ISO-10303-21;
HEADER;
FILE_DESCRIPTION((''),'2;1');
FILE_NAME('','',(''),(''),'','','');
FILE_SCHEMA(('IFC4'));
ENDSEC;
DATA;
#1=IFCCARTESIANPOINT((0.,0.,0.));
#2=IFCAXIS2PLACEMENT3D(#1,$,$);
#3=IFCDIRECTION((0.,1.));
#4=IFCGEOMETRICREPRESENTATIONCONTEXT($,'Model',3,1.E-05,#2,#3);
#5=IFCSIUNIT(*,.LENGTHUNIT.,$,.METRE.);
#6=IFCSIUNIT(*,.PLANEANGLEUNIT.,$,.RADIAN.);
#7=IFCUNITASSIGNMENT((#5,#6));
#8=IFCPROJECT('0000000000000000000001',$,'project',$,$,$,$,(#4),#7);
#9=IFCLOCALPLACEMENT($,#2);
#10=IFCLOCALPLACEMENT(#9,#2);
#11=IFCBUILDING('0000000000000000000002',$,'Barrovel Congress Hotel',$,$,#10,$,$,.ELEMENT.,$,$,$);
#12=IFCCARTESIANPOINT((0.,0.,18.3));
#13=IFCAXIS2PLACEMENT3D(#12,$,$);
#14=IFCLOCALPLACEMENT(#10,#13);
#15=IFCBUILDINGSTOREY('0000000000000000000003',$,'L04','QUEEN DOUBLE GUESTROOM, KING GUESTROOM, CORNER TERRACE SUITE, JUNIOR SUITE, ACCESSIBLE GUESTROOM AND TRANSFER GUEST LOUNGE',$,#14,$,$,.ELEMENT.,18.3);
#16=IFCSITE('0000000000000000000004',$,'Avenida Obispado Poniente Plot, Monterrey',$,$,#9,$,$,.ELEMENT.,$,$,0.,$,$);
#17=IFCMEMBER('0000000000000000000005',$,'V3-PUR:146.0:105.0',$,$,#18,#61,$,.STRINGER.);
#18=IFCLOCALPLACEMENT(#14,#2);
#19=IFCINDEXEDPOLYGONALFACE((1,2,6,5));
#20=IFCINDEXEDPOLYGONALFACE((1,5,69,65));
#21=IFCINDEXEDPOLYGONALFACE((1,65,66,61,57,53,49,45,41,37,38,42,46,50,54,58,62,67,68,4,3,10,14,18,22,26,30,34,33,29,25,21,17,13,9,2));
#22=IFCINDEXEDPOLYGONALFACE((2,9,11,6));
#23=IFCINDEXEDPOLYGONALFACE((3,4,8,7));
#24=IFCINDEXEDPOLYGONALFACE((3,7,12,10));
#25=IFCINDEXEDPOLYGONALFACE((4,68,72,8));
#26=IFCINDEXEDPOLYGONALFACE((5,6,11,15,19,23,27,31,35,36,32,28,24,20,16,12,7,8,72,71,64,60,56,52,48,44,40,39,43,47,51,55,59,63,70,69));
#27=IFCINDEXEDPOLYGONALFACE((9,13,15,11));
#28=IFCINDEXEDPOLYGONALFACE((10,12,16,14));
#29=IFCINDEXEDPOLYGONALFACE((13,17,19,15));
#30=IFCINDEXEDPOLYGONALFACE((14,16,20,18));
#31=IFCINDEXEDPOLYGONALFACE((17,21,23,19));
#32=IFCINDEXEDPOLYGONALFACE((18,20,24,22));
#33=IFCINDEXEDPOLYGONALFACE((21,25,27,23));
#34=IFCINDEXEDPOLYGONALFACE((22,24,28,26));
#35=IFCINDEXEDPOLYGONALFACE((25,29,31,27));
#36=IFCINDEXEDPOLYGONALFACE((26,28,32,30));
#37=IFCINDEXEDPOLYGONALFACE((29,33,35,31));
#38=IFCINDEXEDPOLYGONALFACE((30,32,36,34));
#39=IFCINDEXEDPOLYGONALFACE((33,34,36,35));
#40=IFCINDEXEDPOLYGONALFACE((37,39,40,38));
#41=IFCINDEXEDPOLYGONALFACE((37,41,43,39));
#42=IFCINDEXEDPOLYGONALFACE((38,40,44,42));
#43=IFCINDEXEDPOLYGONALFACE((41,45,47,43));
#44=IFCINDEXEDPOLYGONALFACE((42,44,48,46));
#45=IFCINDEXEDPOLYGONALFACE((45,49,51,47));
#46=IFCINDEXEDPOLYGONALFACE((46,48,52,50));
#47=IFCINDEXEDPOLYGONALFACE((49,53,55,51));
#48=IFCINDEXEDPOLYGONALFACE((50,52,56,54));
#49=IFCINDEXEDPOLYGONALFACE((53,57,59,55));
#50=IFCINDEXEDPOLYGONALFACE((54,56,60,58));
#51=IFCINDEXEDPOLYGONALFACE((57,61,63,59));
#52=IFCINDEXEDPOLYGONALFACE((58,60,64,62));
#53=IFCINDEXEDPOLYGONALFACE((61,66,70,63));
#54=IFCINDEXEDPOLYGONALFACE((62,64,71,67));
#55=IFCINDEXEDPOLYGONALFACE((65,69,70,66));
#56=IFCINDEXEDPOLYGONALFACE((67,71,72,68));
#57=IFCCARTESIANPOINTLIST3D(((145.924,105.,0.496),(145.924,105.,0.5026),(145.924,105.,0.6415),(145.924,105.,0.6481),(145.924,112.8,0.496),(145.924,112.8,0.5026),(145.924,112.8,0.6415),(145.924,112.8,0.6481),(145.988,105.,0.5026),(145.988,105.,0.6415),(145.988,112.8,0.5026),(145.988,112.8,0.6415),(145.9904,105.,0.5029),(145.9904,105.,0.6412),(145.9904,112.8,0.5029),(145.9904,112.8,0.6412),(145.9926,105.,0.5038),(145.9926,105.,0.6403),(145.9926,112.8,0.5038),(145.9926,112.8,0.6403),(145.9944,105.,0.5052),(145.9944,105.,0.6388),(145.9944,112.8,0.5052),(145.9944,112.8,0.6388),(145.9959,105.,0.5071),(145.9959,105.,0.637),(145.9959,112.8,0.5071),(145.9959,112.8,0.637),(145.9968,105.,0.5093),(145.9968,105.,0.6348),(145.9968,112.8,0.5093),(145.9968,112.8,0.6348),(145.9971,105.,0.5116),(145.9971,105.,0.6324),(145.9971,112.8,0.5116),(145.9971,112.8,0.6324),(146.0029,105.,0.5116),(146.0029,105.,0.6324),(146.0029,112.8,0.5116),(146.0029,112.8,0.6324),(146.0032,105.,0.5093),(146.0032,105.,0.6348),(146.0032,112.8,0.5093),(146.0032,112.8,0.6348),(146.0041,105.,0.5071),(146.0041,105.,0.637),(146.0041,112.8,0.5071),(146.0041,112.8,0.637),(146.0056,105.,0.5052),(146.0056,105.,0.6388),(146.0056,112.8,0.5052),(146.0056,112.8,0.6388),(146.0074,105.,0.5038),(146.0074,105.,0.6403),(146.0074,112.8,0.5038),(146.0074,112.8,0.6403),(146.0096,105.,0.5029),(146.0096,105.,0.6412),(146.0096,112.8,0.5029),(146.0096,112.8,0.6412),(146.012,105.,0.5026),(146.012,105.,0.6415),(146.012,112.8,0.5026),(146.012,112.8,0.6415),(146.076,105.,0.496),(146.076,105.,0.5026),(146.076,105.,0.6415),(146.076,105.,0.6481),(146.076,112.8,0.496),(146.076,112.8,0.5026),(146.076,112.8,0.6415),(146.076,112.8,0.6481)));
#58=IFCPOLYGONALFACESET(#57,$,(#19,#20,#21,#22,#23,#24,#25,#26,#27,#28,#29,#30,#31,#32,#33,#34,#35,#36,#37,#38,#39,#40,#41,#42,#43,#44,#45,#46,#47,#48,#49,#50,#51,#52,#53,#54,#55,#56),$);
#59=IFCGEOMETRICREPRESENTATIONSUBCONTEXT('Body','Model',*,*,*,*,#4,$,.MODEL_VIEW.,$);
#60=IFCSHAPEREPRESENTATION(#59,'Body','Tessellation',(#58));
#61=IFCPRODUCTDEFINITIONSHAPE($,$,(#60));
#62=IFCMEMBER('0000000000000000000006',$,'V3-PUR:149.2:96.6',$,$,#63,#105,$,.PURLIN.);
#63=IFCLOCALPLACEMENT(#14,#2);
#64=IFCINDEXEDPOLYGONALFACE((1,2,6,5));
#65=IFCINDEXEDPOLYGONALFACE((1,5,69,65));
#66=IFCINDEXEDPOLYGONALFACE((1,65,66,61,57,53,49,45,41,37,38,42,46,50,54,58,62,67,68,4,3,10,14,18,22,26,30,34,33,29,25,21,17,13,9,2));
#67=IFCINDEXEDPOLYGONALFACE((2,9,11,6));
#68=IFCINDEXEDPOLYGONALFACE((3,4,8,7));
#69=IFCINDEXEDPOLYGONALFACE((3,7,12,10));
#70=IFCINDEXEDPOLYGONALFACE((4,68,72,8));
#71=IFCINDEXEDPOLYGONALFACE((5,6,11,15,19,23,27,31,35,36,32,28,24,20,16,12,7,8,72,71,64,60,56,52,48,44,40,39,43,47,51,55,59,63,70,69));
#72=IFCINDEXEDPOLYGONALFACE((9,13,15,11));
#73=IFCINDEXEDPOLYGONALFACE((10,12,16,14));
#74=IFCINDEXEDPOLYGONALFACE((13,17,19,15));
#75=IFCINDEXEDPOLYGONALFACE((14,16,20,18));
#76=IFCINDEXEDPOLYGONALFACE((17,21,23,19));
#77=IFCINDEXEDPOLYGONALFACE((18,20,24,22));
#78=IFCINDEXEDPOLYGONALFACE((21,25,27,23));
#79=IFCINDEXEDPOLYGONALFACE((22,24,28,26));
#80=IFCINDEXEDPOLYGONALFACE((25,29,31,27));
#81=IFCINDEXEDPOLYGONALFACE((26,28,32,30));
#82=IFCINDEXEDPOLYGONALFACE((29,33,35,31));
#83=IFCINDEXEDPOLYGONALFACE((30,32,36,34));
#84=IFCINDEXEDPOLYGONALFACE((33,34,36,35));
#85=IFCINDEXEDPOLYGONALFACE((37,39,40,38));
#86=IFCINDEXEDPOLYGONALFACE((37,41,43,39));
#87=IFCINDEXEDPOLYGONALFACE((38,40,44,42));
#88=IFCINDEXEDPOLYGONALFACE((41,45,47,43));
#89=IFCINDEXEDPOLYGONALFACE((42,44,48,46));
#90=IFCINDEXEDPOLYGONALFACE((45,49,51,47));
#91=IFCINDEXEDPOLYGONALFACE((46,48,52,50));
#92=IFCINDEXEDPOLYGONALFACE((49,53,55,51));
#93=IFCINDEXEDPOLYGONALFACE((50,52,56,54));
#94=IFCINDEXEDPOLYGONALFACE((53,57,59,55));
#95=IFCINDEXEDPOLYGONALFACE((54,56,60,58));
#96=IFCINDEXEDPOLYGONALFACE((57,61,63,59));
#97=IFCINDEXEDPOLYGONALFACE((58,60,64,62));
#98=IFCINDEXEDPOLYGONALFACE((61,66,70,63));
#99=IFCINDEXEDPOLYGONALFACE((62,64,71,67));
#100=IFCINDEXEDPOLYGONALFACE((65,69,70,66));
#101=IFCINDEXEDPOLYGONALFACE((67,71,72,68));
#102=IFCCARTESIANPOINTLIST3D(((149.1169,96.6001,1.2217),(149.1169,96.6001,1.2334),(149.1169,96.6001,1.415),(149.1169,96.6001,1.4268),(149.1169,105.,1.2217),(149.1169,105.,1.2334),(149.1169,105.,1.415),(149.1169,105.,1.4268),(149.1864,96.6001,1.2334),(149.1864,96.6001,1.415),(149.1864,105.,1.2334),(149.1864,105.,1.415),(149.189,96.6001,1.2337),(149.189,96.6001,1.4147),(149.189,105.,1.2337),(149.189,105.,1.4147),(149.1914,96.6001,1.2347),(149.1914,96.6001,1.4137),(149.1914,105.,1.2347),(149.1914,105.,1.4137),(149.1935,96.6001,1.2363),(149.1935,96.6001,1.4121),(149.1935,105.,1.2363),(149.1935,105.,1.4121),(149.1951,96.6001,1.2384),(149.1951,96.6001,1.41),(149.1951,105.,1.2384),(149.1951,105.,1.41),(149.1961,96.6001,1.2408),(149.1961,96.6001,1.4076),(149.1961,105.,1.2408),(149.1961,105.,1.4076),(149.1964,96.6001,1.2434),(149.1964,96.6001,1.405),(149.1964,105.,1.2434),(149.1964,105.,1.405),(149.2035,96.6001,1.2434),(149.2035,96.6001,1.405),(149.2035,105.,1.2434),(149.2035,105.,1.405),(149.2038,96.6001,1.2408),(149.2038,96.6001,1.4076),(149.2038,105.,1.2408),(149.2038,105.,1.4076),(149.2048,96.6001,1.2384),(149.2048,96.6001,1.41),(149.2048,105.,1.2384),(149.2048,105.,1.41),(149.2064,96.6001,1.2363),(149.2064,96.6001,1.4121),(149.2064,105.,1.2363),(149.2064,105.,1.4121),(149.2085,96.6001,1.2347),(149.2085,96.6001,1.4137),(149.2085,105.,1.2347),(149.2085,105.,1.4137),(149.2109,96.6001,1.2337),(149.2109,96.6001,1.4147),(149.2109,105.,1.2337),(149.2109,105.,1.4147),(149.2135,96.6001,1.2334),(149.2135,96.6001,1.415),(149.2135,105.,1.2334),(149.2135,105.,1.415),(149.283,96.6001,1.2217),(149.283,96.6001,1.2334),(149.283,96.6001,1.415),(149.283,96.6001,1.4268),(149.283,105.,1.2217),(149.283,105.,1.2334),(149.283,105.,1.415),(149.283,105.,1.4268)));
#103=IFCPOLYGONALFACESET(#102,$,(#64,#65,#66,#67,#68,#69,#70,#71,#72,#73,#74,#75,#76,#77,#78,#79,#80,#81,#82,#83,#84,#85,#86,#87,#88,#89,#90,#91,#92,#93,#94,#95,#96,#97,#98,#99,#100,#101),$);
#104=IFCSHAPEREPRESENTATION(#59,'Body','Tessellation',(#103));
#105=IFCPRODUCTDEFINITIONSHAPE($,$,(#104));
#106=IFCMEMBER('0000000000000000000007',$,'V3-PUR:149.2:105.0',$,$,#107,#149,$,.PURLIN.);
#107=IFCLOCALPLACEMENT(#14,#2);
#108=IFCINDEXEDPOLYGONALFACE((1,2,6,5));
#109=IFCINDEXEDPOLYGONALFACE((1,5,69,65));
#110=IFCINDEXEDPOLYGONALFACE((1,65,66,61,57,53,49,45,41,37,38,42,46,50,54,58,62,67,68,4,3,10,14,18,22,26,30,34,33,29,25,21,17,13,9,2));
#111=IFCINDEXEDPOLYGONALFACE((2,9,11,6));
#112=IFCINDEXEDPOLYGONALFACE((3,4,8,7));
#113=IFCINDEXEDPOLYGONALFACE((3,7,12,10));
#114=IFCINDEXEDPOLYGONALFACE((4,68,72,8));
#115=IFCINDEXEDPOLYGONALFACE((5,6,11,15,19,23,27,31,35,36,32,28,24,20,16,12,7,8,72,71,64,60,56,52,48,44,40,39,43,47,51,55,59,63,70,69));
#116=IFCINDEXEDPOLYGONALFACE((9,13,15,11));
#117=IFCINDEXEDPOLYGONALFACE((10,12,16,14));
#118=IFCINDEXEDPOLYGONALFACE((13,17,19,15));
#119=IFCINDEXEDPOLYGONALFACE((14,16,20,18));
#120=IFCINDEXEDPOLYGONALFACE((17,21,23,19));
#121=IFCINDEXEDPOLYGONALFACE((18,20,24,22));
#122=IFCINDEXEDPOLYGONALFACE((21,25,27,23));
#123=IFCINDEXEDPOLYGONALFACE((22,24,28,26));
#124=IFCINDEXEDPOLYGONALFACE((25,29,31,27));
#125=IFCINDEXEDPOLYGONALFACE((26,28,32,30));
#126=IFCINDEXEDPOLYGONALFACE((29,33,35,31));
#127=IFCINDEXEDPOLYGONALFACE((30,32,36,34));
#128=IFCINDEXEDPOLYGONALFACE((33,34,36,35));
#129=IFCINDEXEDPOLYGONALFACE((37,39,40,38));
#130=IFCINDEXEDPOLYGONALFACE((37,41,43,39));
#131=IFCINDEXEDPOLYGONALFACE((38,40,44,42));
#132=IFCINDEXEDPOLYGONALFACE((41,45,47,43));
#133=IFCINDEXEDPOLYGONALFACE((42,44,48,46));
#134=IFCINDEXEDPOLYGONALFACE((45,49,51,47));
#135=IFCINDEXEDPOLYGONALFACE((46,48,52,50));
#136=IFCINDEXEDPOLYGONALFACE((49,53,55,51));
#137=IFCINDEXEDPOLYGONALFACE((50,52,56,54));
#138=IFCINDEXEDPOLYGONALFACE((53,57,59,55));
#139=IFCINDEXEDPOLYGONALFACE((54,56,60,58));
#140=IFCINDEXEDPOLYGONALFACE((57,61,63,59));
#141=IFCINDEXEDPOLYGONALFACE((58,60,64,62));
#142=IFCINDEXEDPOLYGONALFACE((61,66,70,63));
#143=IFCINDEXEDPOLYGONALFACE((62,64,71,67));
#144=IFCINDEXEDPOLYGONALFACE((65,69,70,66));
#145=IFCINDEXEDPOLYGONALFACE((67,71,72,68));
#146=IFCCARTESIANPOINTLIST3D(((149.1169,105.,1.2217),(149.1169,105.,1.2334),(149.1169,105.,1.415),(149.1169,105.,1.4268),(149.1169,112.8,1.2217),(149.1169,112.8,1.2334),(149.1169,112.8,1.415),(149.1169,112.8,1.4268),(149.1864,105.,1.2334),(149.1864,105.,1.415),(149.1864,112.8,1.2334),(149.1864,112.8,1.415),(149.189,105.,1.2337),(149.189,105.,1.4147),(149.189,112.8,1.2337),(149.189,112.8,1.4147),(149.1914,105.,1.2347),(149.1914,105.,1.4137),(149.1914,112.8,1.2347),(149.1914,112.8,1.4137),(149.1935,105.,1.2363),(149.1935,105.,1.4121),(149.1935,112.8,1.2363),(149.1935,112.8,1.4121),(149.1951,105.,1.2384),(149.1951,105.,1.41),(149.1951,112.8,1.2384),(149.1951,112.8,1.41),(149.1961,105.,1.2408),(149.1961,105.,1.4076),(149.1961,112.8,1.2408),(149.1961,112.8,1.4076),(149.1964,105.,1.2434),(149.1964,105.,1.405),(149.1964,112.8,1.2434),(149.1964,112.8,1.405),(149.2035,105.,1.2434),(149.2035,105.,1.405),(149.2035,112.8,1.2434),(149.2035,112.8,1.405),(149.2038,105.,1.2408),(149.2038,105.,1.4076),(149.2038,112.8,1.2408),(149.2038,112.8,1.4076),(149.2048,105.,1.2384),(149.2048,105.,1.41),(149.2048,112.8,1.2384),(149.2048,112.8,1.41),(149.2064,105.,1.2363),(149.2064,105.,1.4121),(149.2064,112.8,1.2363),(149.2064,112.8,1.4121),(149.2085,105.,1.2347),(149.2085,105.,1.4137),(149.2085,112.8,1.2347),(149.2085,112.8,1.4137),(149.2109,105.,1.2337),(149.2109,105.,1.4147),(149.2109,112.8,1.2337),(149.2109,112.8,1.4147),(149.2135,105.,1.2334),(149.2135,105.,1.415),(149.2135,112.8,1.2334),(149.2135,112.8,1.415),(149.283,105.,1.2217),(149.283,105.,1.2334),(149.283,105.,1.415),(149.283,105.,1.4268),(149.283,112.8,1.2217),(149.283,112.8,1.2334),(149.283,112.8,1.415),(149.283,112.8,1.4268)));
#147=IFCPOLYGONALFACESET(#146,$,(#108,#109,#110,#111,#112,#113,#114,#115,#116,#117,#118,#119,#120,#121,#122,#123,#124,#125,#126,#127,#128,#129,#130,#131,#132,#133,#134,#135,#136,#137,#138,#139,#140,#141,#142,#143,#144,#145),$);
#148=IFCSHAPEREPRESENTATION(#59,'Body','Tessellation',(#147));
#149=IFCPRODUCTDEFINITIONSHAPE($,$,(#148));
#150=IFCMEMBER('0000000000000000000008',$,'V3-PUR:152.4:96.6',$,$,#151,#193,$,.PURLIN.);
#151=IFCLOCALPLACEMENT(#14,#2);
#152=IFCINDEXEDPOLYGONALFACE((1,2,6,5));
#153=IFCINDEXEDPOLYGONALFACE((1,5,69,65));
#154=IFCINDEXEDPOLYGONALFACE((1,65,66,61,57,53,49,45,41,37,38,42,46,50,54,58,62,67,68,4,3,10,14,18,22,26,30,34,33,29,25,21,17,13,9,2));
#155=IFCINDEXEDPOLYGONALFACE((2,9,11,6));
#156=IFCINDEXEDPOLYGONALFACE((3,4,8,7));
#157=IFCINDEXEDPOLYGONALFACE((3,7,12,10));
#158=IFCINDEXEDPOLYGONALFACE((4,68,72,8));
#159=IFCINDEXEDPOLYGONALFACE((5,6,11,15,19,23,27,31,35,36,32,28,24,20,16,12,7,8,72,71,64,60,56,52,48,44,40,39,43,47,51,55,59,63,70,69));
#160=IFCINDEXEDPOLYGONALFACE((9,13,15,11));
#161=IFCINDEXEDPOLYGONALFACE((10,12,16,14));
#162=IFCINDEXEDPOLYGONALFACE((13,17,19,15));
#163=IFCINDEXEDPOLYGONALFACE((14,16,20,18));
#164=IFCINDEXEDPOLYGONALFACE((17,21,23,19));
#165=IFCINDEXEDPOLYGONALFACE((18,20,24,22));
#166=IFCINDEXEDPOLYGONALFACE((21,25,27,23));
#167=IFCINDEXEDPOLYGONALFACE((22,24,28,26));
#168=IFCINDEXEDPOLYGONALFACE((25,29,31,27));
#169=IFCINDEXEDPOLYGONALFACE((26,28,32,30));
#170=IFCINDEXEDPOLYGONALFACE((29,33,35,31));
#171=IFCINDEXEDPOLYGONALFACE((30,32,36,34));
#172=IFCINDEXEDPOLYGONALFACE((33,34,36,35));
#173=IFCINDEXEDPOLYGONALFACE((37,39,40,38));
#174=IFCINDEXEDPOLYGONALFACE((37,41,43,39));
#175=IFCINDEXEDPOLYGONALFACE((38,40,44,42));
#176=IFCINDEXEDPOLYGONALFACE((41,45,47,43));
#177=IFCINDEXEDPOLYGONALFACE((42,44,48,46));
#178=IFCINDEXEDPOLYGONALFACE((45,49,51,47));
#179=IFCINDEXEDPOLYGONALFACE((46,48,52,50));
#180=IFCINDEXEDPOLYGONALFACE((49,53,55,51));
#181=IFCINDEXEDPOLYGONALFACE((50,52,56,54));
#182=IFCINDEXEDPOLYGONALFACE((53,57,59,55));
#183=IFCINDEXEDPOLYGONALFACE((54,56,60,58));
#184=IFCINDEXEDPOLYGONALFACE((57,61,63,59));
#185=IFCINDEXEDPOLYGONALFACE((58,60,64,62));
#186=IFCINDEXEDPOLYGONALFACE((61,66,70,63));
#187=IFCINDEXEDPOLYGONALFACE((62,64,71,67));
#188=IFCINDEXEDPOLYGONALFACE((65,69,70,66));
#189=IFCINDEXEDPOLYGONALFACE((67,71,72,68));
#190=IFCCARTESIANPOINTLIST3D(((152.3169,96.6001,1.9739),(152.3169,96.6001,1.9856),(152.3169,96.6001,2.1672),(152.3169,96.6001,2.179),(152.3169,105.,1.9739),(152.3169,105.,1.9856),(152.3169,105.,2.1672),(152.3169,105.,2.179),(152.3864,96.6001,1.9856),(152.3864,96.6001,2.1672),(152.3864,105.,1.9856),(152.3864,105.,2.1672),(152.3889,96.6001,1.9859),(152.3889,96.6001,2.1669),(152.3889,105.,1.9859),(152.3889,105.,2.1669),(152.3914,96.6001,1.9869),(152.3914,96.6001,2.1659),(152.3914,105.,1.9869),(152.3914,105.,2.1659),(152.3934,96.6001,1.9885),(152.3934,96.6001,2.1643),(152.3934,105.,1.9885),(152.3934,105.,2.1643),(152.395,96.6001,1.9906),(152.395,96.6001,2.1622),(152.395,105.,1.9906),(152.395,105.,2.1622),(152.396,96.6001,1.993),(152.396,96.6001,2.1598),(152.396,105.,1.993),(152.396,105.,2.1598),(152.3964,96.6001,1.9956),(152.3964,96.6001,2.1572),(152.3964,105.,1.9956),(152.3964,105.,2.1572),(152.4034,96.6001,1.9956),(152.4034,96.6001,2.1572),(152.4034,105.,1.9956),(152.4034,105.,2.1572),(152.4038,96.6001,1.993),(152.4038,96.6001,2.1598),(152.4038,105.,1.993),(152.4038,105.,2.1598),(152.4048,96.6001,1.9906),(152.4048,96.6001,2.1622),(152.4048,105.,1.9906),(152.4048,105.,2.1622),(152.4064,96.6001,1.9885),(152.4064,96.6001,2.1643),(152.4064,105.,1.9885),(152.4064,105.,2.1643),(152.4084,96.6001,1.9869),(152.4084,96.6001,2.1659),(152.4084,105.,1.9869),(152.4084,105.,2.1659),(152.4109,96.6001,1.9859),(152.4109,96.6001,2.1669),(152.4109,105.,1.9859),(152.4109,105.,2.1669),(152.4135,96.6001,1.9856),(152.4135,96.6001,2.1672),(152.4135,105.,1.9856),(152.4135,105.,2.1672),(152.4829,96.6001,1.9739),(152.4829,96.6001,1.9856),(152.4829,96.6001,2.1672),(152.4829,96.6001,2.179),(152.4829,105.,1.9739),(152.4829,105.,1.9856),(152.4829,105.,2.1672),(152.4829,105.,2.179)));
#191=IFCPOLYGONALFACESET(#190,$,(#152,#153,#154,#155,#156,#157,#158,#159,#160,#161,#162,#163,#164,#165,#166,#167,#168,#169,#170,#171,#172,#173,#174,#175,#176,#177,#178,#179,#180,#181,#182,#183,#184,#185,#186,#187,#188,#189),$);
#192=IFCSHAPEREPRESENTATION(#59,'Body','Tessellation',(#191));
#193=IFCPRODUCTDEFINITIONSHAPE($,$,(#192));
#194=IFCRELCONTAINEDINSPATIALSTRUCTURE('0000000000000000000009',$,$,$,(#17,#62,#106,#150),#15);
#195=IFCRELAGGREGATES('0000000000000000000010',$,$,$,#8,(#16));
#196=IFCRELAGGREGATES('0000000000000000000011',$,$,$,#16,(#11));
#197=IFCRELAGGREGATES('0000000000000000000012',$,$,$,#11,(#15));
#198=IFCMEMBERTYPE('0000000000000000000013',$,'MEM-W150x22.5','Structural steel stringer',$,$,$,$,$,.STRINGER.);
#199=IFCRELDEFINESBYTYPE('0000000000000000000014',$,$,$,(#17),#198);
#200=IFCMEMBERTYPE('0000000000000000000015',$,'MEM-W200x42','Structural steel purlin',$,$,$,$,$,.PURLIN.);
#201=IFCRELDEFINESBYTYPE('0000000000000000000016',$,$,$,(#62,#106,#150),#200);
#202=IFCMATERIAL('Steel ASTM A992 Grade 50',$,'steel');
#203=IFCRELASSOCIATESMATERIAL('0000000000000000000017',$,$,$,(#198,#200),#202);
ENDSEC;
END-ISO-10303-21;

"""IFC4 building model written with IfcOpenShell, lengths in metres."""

from ifc_helpers import new_model, si_unit, direction, frame, origin, origin_2d, place, context, subcontext, project, spatial, i_section, extrude, material, material_profile, profile_set, type_object, element, save


model = new_model("IFC4")

# Units and contexts
model_context = context("Model", 3, precision=1e-05, world=origin(), true_north=direction((0.0, 1.0)))
body_context = subcontext(model_context, "Body", "Model", "MODEL_VIEW")
ifc_project = project(units=[si_unit("LENGTHUNIT", "METRE"), si_unit("PLANEANGLEUNIT", "RADIAN")], contexts=[model_context])

# Site, building, storey
site_placement = place(None, origin())
site = spatial("IfcSite", under=ifc_project, at=site_placement, Name="Avenida Obispado Poniente Plot, Monterrey", CompositionType="ELEMENT", RefElevation=0.0)
building_placement = place(site_placement, origin())
building = spatial("IfcBuilding", under=site, at=building_placement, Name="Barrovel Congress Hotel", CompositionType="ELEMENT")
storey_placement = place(building_placement, frame((0.0, 0.0, 18.3)))
storey = spatial("IfcBuildingStorey", under=building, at=storey_placement, Name="L04", Description="QUEEN DOUBLE GUESTROOM, KING GUESTROOM, CORNER TERRACE SUITE, JUNIOR SUITE, ACCESSIBLE GUESTROOM AND TRANSFER GUEST LOUNGE", CompositionType="ELEMENT", Elevation=18.3)

# Members
ifc_material_1 = material(Name="Steel ASTM A992 Grade 50", Category="steel")
ifc_material_profile_1 = material_profile(ifc_material_1, i_section(OverallWidth=0.1521, OverallDepth=0.1521, WebThickness=0.0059, FlangeThickness=0.0066, FilletRadius=0.009, at=origin_2d()), Name="W150x22.5")
ifc_profile_set_1 = profile_set([ifc_material_profile_1], Name="Steel ASTM A992 Grade 50")
member_type_1 = type_object("IfcMemberType", Name="MEM-W150x22.5", Description="Structural steel stringer", PredefinedType="STRINGER", material=ifc_profile_set_1)
member_1_placement = place(storey_placement, frame((146.0, 105.0, 0.572), z_axis=(0.0, 1.0, 0.0), x_axis=(-1.0, 0.0, 0.0)))
element("IfcMember", 1, at=member_1_placement, inside=storey, type_object=member_type_1, Name="V3-PUR:146.0:105.0", PredefinedType="STRINGER", context=body_context, shape_type="SweptSolid", body=[
    extrude(i_section(OverallWidth=0.1521, OverallDepth=0.1521, WebThickness=0.0059, FlangeThickness=0.0066, FilletRadius=0.009, at=origin_2d()), origin(), (0.0, 0.0, 1.0), 7.8),
])
ifc_material_profile_2 = material_profile(ifc_material_1, i_section(OverallWidth=0.166, OverallDepth=0.2051, WebThickness=0.0071, FlangeThickness=0.0117, FilletRadius=0.01, at=origin_2d()), Name="W200x42")
ifc_profile_set_2 = profile_set([ifc_material_profile_2], Name="Steel ASTM A992 Grade 50")
member_type_2 = type_object("IfcMemberType", Name="MEM-W200x42", Description="Structural steel purlin", PredefinedType="PURLIN", material=ifc_profile_set_2)
member_2_placement = place(storey_placement, frame((149.2, 96.6001, 1.3242), z_axis=(0.0, 1.0, 0.0), x_axis=(-1.0, 0.0, 0.0)))
element("IfcMember", 2, at=member_2_placement, inside=storey, type_object=member_type_2, Name="V3-PUR:149.2:96.6", PredefinedType="PURLIN", context=body_context, shape_type="SweptSolid", body=[
    extrude(i_section(OverallWidth=0.166, OverallDepth=0.2051, WebThickness=0.0071, FlangeThickness=0.0117, FilletRadius=0.01, at=origin_2d()), origin(), (0.0, 0.0, 1.0), 8.3999),
])
member_3_placement = place(storey_placement, frame((149.2, 105.0, 1.3242), z_axis=(0.0, 1.0, 0.0), x_axis=(-1.0, 0.0, 0.0)))
element("IfcMember", 3, at=member_3_placement, inside=storey, type_object=member_type_2, Name="V3-PUR:149.2:105.0", PredefinedType="PURLIN", context=body_context, shape_type="SweptSolid", body=[
    extrude(i_section(OverallWidth=0.166, OverallDepth=0.2051, WebThickness=0.0071, FlangeThickness=0.0117, FilletRadius=0.01, at=origin_2d()), origin(), (0.0, 0.0, 1.0), 7.8),
])
member_4_placement = place(storey_placement, frame((152.3999, 96.6001, 2.0764), z_axis=(0.0, 1.0, 0.0), x_axis=(-1.0, 0.0, 0.0)))
element("IfcMember", 4, at=member_4_placement, inside=storey, type_object=member_type_2, Name="V3-PUR:152.4:96.6", PredefinedType="PURLIN", context=body_context, shape_type="SweptSolid", body=[
    extrude(i_section(OverallWidth=0.166, OverallDepth=0.2051, WebThickness=0.0071, FlangeThickness=0.0117, FilletRadius=0.01, at=origin_2d()), origin(), (0.0, 0.0, 1.0), 8.3999),
])

save(model, "model.ifc")
